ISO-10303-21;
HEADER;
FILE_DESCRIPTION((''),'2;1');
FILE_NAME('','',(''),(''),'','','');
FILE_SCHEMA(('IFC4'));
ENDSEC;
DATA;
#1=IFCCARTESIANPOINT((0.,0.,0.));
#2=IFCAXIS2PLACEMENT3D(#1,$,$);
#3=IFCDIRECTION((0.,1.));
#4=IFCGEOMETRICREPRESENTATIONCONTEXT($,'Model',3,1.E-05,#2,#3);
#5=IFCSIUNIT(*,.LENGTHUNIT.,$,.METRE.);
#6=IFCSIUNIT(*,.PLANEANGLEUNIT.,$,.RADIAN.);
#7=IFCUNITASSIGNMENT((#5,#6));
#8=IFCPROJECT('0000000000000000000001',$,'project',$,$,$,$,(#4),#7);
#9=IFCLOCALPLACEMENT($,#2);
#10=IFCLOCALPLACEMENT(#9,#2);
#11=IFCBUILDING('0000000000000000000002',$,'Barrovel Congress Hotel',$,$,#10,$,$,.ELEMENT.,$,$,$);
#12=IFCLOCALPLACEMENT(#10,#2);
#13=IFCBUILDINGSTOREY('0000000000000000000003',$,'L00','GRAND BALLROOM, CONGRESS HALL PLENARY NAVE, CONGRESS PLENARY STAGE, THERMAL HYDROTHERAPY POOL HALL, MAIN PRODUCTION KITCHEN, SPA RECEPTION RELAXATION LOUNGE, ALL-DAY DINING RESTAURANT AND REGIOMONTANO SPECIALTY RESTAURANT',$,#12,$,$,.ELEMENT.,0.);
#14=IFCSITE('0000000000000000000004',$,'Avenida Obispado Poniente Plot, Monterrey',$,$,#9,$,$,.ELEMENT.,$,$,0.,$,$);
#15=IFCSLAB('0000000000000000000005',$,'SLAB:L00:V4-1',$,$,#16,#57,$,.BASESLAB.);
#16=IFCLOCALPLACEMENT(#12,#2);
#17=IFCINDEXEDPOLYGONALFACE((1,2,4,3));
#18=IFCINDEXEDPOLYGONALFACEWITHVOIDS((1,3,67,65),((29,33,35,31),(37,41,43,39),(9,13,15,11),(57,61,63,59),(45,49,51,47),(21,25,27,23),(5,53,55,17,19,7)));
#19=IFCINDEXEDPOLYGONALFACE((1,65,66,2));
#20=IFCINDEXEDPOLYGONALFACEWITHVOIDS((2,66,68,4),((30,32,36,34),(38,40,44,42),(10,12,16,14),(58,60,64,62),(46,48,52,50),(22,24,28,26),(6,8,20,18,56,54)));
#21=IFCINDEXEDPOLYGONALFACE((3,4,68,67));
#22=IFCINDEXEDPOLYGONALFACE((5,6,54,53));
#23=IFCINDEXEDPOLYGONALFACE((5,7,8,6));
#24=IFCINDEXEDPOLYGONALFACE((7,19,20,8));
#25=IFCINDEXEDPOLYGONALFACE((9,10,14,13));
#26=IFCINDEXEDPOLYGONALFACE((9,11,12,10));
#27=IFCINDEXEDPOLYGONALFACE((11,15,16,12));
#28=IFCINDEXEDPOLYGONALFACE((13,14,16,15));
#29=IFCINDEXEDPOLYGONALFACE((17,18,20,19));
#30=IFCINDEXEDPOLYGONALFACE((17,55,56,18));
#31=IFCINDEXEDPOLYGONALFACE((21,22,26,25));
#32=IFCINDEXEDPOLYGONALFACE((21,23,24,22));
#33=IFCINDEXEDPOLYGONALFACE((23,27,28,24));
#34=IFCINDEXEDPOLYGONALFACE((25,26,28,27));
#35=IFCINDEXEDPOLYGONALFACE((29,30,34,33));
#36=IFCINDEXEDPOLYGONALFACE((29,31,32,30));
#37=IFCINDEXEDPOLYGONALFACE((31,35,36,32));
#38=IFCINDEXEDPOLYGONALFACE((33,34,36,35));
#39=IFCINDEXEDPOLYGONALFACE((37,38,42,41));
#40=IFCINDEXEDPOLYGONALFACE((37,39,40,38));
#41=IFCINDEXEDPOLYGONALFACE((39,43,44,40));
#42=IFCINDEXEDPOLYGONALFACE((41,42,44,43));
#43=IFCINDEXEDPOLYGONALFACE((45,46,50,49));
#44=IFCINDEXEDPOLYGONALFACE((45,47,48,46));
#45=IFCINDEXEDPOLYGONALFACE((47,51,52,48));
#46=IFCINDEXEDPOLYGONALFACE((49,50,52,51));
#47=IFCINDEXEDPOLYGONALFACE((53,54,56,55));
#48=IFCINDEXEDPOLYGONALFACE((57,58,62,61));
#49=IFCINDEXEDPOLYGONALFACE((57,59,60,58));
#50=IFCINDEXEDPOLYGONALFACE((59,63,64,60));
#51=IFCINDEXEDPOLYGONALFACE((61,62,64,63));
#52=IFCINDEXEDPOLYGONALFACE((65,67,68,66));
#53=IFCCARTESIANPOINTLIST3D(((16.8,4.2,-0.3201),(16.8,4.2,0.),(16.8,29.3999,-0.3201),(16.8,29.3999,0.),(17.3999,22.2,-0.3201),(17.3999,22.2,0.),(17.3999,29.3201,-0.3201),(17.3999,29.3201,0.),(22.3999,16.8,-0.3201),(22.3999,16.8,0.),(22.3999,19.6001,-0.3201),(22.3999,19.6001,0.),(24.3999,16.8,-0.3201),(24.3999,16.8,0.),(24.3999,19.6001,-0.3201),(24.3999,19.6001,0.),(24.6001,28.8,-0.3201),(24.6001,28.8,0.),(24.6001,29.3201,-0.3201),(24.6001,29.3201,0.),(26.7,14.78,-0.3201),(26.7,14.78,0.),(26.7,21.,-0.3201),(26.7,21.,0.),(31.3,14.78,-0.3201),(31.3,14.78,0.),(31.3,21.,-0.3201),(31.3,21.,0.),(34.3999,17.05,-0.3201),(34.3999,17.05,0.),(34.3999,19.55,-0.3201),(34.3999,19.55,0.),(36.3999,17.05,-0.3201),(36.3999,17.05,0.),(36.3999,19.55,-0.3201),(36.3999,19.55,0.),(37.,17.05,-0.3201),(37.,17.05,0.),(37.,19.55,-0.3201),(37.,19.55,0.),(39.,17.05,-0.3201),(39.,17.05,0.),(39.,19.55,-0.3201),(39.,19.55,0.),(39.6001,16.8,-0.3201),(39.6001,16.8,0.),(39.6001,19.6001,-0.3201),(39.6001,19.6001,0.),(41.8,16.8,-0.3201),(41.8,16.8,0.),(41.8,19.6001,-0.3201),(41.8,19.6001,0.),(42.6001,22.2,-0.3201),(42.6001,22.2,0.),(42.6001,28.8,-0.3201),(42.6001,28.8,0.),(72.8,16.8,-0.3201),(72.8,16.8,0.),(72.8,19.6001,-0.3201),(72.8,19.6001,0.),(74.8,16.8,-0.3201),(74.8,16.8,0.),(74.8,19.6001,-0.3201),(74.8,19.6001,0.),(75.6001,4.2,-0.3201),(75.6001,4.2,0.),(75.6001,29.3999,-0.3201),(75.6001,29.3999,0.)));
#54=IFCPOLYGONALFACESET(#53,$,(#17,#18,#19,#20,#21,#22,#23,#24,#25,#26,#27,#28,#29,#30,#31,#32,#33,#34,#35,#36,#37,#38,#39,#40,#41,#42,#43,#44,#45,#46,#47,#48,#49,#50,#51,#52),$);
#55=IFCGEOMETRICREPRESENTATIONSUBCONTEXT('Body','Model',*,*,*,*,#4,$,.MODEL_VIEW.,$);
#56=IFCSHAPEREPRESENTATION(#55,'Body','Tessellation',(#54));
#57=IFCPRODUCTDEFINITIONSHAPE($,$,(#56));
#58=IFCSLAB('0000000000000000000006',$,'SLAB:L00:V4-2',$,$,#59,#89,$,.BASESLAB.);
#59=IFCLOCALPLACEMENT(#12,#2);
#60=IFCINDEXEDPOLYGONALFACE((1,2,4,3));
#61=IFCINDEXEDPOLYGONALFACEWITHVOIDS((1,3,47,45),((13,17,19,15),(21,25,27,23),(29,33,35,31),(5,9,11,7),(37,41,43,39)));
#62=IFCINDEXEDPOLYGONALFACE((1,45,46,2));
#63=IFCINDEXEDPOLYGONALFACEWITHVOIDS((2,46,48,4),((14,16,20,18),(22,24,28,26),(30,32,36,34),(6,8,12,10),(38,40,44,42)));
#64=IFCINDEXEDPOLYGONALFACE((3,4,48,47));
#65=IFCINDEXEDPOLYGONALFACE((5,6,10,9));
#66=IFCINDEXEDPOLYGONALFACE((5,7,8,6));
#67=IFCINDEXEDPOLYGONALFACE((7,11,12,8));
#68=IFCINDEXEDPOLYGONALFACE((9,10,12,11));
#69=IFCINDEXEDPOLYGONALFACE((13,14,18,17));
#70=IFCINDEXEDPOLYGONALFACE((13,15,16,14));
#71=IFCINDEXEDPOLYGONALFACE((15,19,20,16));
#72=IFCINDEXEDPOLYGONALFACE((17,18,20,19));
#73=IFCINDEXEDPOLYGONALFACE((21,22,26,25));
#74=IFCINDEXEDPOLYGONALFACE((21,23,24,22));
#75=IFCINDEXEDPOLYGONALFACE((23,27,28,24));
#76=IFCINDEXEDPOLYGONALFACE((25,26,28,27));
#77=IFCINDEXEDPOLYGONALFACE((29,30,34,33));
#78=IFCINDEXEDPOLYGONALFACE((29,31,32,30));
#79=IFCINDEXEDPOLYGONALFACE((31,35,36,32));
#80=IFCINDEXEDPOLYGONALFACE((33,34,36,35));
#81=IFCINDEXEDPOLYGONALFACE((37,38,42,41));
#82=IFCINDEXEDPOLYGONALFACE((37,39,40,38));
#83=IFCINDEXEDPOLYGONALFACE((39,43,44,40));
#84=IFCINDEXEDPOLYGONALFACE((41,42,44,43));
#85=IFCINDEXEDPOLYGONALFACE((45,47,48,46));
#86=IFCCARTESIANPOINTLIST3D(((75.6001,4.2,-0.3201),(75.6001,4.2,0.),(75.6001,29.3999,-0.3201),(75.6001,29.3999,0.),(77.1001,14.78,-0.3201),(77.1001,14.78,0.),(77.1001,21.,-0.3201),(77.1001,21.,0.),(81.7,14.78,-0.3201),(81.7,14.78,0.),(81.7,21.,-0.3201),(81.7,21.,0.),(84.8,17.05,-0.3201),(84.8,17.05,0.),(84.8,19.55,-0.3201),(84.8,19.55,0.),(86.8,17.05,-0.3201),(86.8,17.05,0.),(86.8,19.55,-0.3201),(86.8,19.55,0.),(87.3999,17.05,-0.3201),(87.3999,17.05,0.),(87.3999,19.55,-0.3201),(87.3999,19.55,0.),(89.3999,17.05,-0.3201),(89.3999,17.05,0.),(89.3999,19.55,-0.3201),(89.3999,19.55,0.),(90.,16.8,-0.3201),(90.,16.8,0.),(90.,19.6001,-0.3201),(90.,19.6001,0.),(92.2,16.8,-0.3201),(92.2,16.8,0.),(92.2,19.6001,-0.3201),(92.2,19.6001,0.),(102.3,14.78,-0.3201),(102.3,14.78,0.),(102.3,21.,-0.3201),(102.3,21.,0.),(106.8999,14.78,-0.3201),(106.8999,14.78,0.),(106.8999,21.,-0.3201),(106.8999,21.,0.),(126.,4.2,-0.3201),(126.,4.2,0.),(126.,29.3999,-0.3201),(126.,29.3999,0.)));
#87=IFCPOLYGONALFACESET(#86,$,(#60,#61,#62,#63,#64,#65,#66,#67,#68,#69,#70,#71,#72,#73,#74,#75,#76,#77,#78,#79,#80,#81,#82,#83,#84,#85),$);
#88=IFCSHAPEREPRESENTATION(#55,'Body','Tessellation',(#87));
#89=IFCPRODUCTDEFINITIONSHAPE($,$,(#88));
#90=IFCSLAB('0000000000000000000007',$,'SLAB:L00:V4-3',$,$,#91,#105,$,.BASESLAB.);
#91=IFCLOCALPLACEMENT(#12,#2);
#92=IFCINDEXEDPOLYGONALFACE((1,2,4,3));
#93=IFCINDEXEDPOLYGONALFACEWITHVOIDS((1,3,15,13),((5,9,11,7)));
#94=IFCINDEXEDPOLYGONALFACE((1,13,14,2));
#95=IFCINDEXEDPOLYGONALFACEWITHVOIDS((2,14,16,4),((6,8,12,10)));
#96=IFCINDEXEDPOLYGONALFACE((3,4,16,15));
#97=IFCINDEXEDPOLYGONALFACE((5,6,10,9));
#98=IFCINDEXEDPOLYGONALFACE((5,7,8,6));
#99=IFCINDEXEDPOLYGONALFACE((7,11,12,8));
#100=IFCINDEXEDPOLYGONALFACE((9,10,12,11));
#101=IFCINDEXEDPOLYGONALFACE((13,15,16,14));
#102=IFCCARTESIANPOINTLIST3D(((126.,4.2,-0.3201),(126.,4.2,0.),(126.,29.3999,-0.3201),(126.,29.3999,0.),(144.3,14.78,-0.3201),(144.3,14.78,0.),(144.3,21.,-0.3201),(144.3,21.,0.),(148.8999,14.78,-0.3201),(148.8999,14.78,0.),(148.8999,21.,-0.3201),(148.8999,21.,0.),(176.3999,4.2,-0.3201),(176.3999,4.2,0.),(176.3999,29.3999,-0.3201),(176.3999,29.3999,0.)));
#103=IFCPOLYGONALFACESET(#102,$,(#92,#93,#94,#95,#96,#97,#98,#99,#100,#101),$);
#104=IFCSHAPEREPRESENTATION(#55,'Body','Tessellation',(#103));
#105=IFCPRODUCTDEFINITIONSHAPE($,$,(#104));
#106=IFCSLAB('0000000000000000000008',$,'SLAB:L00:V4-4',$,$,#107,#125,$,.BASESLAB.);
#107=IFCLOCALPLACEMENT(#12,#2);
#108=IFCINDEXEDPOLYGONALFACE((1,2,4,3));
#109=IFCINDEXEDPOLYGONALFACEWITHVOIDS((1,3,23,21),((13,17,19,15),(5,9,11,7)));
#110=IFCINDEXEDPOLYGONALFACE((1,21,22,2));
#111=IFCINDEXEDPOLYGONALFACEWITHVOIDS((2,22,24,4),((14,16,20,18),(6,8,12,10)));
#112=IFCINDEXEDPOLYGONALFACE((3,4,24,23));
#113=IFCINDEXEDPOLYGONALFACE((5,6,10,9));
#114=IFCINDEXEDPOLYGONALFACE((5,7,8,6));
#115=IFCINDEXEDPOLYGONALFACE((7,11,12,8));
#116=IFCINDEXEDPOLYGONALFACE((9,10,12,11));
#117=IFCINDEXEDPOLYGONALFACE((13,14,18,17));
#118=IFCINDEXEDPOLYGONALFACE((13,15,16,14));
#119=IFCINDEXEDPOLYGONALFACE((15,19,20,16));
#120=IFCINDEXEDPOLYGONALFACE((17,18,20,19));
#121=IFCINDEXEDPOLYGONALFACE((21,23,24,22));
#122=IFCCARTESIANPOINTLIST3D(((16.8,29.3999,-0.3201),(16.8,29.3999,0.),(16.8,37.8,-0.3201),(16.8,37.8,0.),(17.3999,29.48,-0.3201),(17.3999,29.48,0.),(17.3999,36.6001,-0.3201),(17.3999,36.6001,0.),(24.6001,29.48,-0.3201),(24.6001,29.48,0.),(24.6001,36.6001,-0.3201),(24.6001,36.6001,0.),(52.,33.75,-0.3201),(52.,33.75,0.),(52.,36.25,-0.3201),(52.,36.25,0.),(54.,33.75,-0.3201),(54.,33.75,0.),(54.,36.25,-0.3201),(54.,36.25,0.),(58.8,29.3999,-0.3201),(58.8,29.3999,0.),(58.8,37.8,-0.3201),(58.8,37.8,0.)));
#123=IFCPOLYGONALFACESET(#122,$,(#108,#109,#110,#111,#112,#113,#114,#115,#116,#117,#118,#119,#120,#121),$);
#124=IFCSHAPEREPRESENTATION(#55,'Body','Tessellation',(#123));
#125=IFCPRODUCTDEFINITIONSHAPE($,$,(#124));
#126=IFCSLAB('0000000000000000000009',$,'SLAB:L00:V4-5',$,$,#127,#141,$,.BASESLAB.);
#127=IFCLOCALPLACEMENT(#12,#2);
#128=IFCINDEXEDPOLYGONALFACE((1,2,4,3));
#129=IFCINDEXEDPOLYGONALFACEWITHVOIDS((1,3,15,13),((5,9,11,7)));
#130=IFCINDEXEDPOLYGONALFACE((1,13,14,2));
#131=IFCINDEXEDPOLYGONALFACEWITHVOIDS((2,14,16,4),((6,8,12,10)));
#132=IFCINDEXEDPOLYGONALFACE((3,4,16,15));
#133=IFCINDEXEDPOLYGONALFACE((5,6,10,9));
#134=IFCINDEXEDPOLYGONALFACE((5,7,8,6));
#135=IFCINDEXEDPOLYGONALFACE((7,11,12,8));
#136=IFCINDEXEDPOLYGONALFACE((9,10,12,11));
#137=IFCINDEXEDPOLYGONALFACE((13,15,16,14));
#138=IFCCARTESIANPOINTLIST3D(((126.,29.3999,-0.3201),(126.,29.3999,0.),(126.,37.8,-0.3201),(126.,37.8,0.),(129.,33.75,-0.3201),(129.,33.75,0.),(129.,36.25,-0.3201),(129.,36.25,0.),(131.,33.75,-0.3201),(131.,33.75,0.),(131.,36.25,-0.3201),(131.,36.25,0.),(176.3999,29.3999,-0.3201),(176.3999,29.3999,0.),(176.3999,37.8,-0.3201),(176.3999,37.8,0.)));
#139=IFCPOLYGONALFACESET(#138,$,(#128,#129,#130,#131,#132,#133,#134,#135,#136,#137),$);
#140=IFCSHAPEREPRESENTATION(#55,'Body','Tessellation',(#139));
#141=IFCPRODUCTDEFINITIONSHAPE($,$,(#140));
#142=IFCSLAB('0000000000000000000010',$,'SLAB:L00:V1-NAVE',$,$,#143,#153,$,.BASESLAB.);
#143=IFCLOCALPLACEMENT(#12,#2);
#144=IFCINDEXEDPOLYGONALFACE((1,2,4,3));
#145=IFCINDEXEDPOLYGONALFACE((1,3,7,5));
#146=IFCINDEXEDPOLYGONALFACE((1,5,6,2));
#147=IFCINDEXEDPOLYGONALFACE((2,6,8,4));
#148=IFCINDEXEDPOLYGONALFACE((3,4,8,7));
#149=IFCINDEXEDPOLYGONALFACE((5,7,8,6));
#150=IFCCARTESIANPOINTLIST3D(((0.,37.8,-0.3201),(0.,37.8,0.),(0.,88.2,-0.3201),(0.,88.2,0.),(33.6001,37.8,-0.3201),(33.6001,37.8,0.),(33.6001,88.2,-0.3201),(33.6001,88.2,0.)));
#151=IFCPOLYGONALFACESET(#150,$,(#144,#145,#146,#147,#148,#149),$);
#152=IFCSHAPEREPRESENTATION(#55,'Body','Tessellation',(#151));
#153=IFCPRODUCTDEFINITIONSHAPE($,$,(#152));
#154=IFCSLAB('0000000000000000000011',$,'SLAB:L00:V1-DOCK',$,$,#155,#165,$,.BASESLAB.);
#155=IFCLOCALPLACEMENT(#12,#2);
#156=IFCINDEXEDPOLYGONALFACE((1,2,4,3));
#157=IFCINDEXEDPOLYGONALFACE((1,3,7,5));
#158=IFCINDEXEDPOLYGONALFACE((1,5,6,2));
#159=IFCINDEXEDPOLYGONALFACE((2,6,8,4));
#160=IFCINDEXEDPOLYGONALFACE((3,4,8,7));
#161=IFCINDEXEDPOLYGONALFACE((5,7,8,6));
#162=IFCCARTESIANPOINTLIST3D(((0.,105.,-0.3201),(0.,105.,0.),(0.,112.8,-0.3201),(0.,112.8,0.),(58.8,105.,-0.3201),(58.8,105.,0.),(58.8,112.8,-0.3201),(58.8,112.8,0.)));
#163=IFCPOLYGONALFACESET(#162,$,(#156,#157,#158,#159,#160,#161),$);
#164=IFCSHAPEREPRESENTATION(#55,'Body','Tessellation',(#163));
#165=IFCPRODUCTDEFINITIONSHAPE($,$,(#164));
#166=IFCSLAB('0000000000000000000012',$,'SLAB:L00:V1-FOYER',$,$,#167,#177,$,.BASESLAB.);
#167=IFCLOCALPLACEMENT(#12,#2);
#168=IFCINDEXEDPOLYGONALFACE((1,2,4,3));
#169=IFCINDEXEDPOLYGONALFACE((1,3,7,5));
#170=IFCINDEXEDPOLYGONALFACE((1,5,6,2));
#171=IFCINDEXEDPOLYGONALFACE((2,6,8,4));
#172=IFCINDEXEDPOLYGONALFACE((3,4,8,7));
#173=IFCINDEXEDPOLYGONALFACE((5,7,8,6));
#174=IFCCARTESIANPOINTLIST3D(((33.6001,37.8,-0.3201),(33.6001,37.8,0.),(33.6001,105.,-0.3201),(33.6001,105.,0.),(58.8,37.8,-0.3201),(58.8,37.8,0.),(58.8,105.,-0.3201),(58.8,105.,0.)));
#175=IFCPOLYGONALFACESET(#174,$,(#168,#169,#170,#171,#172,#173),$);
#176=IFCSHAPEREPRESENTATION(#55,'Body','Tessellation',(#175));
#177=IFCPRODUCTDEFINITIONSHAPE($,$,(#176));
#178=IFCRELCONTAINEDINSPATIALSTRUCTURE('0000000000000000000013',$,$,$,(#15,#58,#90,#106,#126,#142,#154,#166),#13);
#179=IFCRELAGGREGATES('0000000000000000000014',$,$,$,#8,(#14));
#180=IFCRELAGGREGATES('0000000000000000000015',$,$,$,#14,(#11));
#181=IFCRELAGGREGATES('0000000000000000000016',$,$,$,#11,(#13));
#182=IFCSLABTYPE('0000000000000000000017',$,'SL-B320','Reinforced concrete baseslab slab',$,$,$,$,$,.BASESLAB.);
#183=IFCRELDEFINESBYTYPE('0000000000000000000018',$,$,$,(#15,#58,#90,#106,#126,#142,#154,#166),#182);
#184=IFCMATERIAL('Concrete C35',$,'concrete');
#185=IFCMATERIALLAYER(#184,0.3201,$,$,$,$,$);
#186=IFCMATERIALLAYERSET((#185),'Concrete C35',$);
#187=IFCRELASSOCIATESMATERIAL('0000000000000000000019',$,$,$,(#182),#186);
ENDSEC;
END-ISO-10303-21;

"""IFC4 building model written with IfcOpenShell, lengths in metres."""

from ifc_helpers import new_model, si_unit, direction, frame, origin, place, context, subcontext, project, spatial, polyline, outline, extrude, material, layer, layer_set, type_object, element, save


model = new_model("IFC4")

# Units and contexts
model_context = context("Model", 3, precision=1e-05, world=origin(), true_north=direction((0.0, 1.0)))
body_context = subcontext(model_context, "Body", "Model", "MODEL_VIEW")
ifc_project = project(units=[si_unit("LENGTHUNIT", "METRE"), si_unit("PLANEANGLEUNIT", "RADIAN")], contexts=[model_context])

# Site, building, storey
site_placement = place(None, origin())
site = spatial("IfcSite", under=ifc_project, at=site_placement, Name="Avenida Obispado Poniente Plot, Monterrey", CompositionType="ELEMENT", RefElevation=0.0)
building_placement = place(site_placement, origin())
building = spatial("IfcBuilding", under=site, at=building_placement, Name="Barrovel Congress Hotel", CompositionType="ELEMENT")
storey_placement = place(building_placement, origin())
storey = spatial("IfcBuildingStorey", under=building, at=storey_placement, Name="L00", Description="GRAND BALLROOM, CONGRESS HALL PLENARY NAVE, CONGRESS PLENARY STAGE, THERMAL HYDROTHERAPY POOL HALL, MAIN PRODUCTION KITCHEN, SPA RECEPTION RELAXATION LOUNGE, ALL-DAY DINING RESTAURANT AND REGIOMONTANO SPECIALTY RESTAURANT", CompositionType="ELEMENT", Elevation=0.0)

# Slabs
ifc_material_1 = material(Name="Concrete C35", Category="concrete")
ifc_layer_1 = layer(ifc_material_1, 0.3201)
ifc_layer_set_1 = layer_set([ifc_layer_1], Name="Concrete C35")
slab_type_1 = type_object("IfcSlabType", Name="SL-B320", Description="Reinforced concrete baseslab slab", PredefinedType="BASESLAB", material=ifc_layer_set_1)
slab_1_placement = place(storey_placement, frame((0.0, 0.0, -0.3201)))
element("IfcSlab", 1, at=slab_1_placement, inside=storey, type_object=slab_type_1, Name="SLAB:L00:V4-1", PredefinedType="BASESLAB", context=body_context, shape_type="SweptSolid", body=[
    extrude(outline(polyline([(16.8, 4.2), (75.6001, 4.2), (75.6001, 29.3999), (16.8, 29.3999), (16.8, 4.2)]), holes=[polyline([(26.7, 14.78), (26.7, 21.0), (31.3, 21.0), (31.3, 14.78), (26.7, 14.78)]), polyline([(22.3999, 16.8), (22.3999, 19.6001), (24.3999, 19.6001), (24.3999, 16.8), (22.3999, 16.8)]), polyline([(39.6001, 16.8), (39.6001, 19.6001), (41.8, 19.6001), (41.8, 16.8), (39.6001, 16.8)]), polyline([(72.8, 16.8), (72.8, 19.6001), (74.8, 19.6001), (74.8, 16.8), (72.8, 16.8)]), polyline([(34.3999, 17.05), (34.3999, 19.55), (36.3999, 19.55), (36.3999, 17.05), (34.3999, 17.05)]), polyline([(37.0, 17.05), (37.0, 19.55), (39.0, 19.55), (39.0, 17.05), (37.0, 17.05)]), polyline([(17.3999, 22.2), (17.3999, 29.3201), (24.6001, 29.3201), (24.6001, 28.8), (42.6001, 28.8), (42.6001, 22.2), (17.3999, 22.2)])]), origin(), (0.0, 0.0, 1.0), 0.3201),
])
slab_2_placement = place(storey_placement, frame((0.0, 0.0, -0.3201)))
element("IfcSlab", 2, at=slab_2_placement, inside=storey, type_object=slab_type_1, Name="SLAB:L00:V4-2", PredefinedType="BASESLAB", context=body_context, shape_type="SweptSolid", body=[
    extrude(outline(polyline([(75.6001, 4.2), (126.0, 4.2), (126.0, 29.3999), (75.6001, 29.3999), (75.6001, 4.2)]), holes=[polyline([(77.1001, 14.78), (77.1001, 21.0), (81.7, 21.0), (81.7, 14.78), (77.1001, 14.78)]), polyline([(102.3, 14.78), (102.3, 21.0), (106.8999, 21.0), (106.8999, 14.78), (102.3, 14.78)]), polyline([(84.8, 17.05), (84.8, 19.55), (86.8, 19.55), (86.8, 17.05), (84.8, 17.05)]), polyline([(87.3999, 17.05), (87.3999, 19.55), (89.3999, 19.55), (89.3999, 17.05), (87.3999, 17.05)]), polyline([(90.0, 16.8), (90.0, 19.6001), (92.2, 19.6001), (92.2, 16.8), (90.0, 16.8)])]), origin(), (0.0, 0.0, 1.0), 0.3201),
])
slab_3_placement = place(storey_placement, frame((0.0, 0.0, -0.3201)))
element("IfcSlab", 3, at=slab_3_placement, inside=storey, type_object=slab_type_1, Name="SLAB:L00:V4-3", PredefinedType="BASESLAB", context=body_context, shape_type="SweptSolid", body=[
    extrude(outline(polyline([(126.0, 4.2), (176.3999, 4.2), (176.3999, 29.3999), (126.0, 29.3999), (126.0, 4.2)]), holes=[polyline([(144.3, 14.78), (144.3, 21.0), (148.8999, 21.0), (148.8999, 14.78), (144.3, 14.78)])]), origin(), (0.0, 0.0, 1.0), 0.3201),
])
slab_4_placement = place(storey_placement, frame((0.0, 0.0, -0.3201)))
element("IfcSlab", 4, at=slab_4_placement, inside=storey, type_object=slab_type_1, Name="SLAB:L00:V4-4", PredefinedType="BASESLAB", context=body_context, shape_type="SweptSolid", body=[
    extrude(outline(polyline([(16.8, 29.3999), (58.8, 29.3999), (58.8, 37.8), (16.8, 37.8), (16.8, 29.3999)]), holes=[polyline([(52.0, 33.75), (52.0, 36.25), (54.0, 36.25), (54.0, 33.75), (52.0, 33.75)]), polyline([(17.3999, 29.48), (17.3999, 36.6001), (24.6001, 36.6001), (24.6001, 29.48), (17.3999, 29.48)])]), origin(), (0.0, 0.0, 1.0), 0.3201),
])
slab_5_placement = place(storey_placement, frame((0.0, 0.0, -0.3201)))
element("IfcSlab", 5, at=slab_5_placement, inside=storey, type_object=slab_type_1, Name="SLAB:L00:V4-5", PredefinedType="BASESLAB", context=body_context, shape_type="SweptSolid", body=[
    extrude(outline(polyline([(126.0, 29.3999), (176.3999, 29.3999), (176.3999, 37.8), (126.0, 37.8), (126.0, 29.3999)]), holes=[polyline([(129.0, 33.75), (129.0, 36.25), (131.0, 36.25), (131.0, 33.75), (129.0, 33.75)])]), origin(), (0.0, 0.0, 1.0), 0.3201),
])
slab_6_placement = place(storey_placement, frame((0.0, 0.0, -0.3201)))
element("IfcSlab", 6, at=slab_6_placement, inside=storey, type_object=slab_type_1, Name="SLAB:L00:V1-NAVE", PredefinedType="BASESLAB", context=body_context, shape_type="SweptSolid", body=[
    extrude(outline(polyline([(0.0, 37.8), (33.6001, 37.8), (33.6001, 88.2), (0.0, 88.2), (0.0, 37.8)])), origin(), (0.0, 0.0, 1.0), 0.3201),
])
slab_7_placement = place(storey_placement, frame((0.0, 0.0, -0.3201)))
element("IfcSlab", 7, at=slab_7_placement, inside=storey, type_object=slab_type_1, Name="SLAB:L00:V1-DOCK", PredefinedType="BASESLAB", context=body_context, shape_type="SweptSolid", body=[
    extrude(outline(polyline([(0.0, 105.0), (58.8, 105.0), (58.8, 112.8), (0.0, 112.8), (0.0, 105.0)])), origin(), (0.0, 0.0, 1.0), 0.3201),
])
slab_8_placement = place(storey_placement, frame((0.0, 0.0, -0.3201)))
element("IfcSlab", 8, at=slab_8_placement, inside=storey, type_object=slab_type_1, Name="SLAB:L00:V1-FOYER", PredefinedType="BASESLAB", context=body_context, shape_type="SweptSolid", body=[
    extrude(outline(polyline([(33.6001, 37.8), (58.8, 37.8), (58.8, 105.0), (33.6001, 105.0), (33.6001, 37.8)])), origin(), (0.0, 0.0, 1.0), 0.3201),
])

save(model, "model.ifc")
